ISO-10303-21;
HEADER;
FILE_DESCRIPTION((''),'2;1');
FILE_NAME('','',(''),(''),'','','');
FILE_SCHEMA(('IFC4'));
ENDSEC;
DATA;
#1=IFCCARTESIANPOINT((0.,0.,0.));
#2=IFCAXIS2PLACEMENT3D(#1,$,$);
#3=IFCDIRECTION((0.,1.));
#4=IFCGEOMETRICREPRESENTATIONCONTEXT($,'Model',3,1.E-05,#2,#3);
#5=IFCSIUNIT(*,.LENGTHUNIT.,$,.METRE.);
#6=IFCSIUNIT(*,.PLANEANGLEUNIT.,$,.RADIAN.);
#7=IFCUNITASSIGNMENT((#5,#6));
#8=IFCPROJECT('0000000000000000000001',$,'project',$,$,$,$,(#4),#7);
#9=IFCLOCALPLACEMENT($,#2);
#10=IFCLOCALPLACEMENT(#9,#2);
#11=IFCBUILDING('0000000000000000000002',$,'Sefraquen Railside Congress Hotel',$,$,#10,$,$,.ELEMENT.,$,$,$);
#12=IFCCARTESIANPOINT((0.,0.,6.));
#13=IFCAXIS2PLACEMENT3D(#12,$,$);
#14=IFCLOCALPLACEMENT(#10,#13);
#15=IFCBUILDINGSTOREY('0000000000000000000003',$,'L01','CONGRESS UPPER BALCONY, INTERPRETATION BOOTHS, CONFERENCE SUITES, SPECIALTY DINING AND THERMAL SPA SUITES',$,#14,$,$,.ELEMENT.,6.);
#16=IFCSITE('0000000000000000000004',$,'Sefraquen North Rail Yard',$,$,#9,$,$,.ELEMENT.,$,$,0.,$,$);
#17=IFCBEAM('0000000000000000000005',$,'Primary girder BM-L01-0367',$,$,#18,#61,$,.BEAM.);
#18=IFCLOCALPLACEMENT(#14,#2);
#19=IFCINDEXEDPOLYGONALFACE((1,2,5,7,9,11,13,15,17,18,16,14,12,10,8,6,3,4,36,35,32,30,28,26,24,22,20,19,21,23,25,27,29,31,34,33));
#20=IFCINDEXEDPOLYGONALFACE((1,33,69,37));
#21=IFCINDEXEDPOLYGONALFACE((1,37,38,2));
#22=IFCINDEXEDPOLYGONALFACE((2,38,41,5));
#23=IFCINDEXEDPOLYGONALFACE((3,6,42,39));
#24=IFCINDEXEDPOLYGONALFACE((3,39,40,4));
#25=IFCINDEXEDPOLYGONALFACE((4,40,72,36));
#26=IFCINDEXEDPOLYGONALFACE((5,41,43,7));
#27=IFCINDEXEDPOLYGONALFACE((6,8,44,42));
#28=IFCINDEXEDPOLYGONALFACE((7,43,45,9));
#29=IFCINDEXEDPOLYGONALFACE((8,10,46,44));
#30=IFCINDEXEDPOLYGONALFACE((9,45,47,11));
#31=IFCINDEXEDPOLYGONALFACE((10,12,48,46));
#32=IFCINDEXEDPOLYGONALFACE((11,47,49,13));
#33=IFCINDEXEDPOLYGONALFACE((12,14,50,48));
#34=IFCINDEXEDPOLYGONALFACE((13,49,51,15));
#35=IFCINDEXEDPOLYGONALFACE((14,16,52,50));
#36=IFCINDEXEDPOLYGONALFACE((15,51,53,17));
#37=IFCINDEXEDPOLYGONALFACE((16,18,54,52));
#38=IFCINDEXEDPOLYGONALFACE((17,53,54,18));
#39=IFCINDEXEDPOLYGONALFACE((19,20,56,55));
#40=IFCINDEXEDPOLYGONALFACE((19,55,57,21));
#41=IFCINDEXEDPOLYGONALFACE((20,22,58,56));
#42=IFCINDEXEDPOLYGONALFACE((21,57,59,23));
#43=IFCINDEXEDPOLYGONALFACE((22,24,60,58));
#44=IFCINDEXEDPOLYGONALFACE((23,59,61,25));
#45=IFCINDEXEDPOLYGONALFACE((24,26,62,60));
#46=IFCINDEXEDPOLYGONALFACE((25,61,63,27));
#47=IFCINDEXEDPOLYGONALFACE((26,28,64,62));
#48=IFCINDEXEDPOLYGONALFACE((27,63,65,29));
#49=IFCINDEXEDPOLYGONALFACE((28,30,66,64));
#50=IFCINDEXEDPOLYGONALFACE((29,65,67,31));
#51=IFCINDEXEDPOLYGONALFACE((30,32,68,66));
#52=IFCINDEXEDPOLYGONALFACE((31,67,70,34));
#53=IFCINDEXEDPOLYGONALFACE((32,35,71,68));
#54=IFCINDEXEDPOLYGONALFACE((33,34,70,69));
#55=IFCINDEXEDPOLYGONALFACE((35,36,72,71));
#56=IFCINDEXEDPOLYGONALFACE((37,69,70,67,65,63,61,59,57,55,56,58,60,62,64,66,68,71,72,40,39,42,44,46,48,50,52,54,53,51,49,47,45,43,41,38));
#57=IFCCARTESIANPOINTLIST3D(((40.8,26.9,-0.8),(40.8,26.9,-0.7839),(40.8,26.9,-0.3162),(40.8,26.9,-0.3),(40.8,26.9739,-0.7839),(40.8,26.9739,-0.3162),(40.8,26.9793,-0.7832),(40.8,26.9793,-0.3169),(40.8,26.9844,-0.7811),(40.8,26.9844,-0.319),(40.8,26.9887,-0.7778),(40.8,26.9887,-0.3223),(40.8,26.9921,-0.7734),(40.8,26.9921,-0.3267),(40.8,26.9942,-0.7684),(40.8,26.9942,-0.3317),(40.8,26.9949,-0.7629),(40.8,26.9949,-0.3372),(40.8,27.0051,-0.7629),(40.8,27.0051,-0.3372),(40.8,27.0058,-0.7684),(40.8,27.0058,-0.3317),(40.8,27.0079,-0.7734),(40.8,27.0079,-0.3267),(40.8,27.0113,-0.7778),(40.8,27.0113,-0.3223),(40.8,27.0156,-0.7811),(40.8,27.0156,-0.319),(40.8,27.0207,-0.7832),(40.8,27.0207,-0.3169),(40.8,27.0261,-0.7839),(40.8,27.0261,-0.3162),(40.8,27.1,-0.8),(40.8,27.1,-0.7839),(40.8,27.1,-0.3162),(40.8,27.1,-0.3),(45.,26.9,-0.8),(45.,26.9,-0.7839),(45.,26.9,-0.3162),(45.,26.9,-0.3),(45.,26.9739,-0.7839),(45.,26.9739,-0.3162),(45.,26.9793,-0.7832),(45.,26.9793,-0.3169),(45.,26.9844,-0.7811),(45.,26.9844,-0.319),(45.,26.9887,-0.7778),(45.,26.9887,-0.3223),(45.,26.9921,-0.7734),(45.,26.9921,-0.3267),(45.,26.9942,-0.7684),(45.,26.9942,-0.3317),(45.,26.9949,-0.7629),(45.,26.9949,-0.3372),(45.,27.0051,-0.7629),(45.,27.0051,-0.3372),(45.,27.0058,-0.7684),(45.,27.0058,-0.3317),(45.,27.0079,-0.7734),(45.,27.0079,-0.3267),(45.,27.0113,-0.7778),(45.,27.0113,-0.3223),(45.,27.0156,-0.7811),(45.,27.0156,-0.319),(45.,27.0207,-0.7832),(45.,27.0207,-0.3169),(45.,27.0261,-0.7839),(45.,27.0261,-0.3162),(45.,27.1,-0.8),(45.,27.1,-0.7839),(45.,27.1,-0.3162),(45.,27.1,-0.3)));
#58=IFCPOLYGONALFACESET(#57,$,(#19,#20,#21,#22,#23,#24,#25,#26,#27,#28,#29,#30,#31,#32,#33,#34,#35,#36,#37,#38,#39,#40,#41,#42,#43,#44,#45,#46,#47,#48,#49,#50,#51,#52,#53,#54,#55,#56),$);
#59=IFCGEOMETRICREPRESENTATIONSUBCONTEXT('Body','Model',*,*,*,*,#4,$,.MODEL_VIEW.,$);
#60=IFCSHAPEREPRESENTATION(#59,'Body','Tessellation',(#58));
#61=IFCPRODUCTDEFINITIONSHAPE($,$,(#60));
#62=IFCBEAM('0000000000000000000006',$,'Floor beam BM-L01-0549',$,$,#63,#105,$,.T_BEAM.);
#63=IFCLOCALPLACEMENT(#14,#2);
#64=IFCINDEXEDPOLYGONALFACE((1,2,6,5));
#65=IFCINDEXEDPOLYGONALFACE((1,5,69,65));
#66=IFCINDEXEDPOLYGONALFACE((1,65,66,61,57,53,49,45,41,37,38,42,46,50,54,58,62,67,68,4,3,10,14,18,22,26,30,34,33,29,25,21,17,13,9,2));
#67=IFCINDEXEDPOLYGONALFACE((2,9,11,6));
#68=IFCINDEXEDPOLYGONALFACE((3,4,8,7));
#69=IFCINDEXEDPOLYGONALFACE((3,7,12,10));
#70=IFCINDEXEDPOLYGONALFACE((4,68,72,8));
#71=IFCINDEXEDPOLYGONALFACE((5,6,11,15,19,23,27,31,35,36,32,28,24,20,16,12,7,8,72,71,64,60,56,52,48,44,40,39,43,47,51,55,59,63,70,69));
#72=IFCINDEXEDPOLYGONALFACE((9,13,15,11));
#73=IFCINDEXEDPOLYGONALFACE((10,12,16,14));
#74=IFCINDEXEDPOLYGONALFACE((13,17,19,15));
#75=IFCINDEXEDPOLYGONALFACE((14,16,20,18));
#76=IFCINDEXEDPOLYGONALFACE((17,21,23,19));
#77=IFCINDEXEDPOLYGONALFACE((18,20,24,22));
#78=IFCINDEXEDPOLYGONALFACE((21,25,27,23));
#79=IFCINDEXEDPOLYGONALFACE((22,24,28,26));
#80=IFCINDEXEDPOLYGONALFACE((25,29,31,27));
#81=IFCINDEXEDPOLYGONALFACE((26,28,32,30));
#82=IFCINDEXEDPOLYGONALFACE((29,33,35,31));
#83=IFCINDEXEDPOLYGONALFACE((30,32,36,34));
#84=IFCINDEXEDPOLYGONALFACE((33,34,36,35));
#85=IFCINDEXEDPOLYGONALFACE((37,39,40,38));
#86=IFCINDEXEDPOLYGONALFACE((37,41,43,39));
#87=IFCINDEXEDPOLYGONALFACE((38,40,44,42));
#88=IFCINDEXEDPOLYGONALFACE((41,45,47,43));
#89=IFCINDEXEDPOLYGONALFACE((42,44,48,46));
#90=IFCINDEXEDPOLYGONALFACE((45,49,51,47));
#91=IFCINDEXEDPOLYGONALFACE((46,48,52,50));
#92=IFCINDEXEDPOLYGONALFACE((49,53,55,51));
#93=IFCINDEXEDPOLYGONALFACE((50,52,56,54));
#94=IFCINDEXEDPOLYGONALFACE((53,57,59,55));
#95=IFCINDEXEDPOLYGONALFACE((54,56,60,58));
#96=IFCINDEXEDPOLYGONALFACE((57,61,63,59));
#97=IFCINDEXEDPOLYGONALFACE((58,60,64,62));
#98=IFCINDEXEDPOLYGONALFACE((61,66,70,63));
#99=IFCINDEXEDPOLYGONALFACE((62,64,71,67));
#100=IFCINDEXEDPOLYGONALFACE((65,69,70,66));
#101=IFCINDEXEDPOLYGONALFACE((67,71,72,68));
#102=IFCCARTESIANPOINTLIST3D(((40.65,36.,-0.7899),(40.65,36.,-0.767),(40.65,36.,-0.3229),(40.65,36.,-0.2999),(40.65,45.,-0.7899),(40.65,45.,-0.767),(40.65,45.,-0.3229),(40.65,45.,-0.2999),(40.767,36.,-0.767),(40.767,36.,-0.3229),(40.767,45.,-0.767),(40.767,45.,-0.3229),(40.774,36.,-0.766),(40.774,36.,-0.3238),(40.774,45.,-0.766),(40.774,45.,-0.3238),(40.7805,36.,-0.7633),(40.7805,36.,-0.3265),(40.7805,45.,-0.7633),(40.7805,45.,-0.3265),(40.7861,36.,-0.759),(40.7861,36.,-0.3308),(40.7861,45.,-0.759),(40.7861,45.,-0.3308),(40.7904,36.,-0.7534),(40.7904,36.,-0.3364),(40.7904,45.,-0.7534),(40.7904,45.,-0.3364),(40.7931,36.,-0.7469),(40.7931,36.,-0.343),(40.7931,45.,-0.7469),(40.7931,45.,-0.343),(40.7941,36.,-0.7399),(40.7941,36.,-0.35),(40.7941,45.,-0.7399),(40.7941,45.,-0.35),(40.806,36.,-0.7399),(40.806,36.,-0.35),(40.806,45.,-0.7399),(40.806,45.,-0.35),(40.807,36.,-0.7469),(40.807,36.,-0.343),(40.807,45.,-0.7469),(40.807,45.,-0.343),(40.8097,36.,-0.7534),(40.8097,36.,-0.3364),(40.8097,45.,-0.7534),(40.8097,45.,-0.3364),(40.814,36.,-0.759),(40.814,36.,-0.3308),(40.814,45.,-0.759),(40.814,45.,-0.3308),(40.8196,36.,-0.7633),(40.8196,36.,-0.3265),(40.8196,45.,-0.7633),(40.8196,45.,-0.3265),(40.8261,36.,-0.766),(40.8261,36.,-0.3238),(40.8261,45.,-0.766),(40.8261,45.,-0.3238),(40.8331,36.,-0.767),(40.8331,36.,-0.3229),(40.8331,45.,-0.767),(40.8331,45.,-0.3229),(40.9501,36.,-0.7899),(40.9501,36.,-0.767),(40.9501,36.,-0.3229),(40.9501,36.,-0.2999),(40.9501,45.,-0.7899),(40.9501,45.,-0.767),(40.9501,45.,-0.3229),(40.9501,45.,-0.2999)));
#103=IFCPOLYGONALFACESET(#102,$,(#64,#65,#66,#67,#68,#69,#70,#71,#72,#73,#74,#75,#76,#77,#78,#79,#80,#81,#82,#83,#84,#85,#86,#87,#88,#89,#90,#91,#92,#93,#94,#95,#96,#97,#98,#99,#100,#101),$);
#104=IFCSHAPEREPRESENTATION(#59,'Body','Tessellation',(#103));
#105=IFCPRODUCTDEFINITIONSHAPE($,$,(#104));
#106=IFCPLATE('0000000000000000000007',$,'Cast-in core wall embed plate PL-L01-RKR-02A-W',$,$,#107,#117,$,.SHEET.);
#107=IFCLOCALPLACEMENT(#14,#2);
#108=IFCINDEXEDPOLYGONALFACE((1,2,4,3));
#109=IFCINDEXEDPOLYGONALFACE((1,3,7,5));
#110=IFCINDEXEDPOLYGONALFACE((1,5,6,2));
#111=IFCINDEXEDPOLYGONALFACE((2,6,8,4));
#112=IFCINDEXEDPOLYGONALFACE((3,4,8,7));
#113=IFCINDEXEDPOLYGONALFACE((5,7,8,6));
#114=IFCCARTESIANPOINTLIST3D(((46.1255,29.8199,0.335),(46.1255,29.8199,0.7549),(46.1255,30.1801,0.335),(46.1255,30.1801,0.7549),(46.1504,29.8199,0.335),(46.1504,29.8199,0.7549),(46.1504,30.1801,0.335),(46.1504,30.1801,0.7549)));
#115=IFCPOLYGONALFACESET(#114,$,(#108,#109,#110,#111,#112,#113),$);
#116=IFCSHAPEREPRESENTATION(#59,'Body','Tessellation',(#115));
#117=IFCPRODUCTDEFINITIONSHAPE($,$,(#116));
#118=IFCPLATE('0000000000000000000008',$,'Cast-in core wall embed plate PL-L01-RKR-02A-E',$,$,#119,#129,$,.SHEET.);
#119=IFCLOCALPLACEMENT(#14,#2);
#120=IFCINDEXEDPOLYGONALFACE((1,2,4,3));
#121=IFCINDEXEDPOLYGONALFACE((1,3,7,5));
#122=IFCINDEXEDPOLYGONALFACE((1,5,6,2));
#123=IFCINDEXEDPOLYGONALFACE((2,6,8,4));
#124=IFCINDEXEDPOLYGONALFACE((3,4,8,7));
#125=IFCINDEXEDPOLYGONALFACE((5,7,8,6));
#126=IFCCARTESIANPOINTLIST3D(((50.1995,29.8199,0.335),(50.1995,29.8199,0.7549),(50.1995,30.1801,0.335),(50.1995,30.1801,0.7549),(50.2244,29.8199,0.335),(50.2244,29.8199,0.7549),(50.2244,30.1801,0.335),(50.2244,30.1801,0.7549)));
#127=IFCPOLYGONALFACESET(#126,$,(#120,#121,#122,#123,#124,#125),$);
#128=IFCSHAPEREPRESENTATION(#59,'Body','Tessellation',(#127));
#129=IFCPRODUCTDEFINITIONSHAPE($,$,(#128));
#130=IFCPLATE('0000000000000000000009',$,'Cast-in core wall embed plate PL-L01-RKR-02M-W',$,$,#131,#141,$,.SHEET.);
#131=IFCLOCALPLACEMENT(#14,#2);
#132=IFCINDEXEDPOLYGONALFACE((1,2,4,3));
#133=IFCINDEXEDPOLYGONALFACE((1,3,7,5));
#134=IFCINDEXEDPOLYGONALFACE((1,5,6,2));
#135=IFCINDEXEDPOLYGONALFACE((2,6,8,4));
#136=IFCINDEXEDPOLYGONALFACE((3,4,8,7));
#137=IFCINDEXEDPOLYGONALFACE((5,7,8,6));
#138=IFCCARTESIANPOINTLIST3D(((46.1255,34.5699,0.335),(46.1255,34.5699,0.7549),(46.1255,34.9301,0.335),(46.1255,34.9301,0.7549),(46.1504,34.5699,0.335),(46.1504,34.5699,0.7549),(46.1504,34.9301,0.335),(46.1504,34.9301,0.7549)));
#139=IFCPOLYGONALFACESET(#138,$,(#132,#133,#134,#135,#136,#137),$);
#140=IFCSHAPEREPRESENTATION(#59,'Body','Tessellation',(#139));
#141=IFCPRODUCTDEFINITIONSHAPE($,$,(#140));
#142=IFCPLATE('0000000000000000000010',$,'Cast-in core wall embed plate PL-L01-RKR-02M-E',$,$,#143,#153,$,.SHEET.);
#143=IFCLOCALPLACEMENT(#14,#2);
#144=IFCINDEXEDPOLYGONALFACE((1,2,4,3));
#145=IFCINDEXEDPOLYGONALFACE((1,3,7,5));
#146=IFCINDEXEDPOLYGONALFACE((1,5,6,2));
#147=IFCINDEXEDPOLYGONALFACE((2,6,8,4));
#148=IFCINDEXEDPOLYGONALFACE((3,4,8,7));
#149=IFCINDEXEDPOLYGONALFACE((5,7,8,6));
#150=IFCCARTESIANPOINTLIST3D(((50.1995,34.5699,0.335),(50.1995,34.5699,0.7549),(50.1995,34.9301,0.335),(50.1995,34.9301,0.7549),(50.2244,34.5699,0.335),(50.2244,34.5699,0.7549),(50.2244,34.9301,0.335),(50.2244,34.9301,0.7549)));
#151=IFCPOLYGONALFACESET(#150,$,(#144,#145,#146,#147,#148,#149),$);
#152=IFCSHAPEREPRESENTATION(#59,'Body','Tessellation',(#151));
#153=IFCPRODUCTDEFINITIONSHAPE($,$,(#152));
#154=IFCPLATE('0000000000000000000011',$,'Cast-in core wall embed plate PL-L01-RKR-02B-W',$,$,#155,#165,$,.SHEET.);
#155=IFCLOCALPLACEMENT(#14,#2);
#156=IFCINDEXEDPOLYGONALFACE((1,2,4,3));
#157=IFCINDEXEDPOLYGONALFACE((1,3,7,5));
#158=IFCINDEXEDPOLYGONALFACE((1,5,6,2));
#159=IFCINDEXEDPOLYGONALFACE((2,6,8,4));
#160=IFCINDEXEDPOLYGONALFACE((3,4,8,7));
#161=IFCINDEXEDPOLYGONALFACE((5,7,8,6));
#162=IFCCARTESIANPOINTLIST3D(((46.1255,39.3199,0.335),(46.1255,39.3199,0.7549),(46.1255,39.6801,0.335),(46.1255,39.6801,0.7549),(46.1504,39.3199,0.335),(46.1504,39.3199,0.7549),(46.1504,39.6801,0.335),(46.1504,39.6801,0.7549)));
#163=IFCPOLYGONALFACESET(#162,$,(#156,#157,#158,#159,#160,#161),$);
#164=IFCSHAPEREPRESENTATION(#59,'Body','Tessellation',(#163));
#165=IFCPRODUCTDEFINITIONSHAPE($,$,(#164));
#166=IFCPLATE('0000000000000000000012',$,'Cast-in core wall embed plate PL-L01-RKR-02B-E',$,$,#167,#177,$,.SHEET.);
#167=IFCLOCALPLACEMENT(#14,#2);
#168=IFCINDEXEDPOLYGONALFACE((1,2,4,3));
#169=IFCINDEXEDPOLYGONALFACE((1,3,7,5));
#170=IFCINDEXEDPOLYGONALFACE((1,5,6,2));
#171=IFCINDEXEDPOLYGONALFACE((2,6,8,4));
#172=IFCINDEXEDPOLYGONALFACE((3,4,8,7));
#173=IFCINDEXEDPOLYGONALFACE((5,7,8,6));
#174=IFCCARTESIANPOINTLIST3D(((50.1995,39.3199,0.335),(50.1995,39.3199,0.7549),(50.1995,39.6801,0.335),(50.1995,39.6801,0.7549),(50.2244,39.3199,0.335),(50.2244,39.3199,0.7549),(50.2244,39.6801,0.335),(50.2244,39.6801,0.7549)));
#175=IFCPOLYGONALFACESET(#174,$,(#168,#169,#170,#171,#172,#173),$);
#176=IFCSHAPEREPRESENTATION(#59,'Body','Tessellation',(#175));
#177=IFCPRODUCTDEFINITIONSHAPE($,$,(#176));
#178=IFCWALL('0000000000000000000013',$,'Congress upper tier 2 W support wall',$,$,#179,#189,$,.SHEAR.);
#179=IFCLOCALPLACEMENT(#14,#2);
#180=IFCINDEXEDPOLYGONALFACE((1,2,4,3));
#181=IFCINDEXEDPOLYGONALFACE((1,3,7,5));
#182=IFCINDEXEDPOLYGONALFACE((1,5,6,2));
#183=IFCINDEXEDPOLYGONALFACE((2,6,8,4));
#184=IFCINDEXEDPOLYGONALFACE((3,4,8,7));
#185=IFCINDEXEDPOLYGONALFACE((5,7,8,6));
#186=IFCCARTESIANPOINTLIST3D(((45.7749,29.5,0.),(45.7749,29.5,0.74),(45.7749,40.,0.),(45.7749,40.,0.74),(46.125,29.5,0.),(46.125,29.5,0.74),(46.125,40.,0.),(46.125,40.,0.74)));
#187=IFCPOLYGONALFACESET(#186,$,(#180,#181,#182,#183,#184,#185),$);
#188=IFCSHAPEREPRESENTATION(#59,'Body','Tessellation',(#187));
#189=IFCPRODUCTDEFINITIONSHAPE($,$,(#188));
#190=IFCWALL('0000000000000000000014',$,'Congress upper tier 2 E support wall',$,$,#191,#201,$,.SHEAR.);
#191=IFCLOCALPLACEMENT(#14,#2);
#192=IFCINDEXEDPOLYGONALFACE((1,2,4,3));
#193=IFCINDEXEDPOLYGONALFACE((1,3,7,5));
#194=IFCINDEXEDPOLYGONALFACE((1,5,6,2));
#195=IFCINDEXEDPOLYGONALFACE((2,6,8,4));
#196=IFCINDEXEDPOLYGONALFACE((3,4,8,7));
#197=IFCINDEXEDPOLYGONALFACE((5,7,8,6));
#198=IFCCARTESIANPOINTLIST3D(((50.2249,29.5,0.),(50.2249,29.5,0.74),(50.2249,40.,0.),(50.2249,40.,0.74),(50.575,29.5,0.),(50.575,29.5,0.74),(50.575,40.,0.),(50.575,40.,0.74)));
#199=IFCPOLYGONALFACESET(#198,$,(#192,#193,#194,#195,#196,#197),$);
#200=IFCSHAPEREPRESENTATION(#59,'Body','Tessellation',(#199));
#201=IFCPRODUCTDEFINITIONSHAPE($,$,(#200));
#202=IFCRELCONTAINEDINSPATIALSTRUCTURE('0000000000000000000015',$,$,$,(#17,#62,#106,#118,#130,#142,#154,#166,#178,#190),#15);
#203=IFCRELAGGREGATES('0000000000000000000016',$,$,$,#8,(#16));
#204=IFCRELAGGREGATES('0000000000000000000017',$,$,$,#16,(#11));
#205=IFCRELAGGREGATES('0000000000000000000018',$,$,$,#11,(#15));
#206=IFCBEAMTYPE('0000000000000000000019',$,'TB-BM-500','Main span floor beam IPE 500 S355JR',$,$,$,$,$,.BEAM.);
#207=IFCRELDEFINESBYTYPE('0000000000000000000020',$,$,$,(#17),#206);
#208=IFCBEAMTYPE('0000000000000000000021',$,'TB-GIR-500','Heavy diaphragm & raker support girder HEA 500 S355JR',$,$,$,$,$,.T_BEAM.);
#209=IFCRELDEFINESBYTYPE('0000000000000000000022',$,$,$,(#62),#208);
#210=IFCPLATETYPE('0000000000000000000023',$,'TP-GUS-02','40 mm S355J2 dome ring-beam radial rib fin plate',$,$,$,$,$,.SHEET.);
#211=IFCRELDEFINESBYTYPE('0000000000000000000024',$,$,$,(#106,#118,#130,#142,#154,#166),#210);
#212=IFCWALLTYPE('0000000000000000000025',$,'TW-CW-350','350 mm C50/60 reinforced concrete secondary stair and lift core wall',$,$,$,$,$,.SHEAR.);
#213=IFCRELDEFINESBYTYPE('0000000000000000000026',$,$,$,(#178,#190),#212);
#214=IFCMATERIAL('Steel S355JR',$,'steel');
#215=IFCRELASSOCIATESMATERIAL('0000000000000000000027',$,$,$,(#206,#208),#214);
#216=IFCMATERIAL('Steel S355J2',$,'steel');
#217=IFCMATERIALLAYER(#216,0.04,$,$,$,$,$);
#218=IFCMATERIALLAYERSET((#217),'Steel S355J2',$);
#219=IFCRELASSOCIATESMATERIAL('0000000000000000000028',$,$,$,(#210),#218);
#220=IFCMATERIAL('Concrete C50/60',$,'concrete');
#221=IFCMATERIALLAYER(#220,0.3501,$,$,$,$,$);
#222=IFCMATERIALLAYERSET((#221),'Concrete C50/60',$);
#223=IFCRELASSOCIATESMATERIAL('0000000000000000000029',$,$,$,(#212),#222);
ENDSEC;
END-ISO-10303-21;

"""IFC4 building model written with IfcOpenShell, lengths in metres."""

from ifc_helpers import new_model, si_unit, direction, frame, frame_2d, origin, origin_2d, place, context, subcontext, project, spatial, rectangle, i_section, extrude, material, layer, layer_set, material_profile, profile_set, type_object, element, save


model = new_model("IFC4")

# Units and contexts
model_context = context("Model", 3, precision=1e-05, world=origin(), true_north=direction((0.0, 1.0)))
body_context = subcontext(model_context, "Body", "Model", "MODEL_VIEW")
ifc_project = project(units=[si_unit("LENGTHUNIT", "METRE"), si_unit("PLANEANGLEUNIT", "RADIAN")], contexts=[model_context])

# Site, building, storey
site_placement = place(None, origin())
site = spatial("IfcSite", under=ifc_project, at=site_placement, Name="Sefraquen North Rail Yard", CompositionType="ELEMENT", RefElevation=0.0)
building_placement = place(site_placement, origin())
building = spatial("IfcBuilding", under=site, at=building_placement, Name="Sefraquen Railside Congress Hotel", CompositionType="ELEMENT")
storey_placement = place(building_placement, frame((0.0, 0.0, 6.0)))
storey = spatial("IfcBuildingStorey", under=building, at=storey_placement, Name="L01", Description="CONGRESS UPPER BALCONY, INTERPRETATION BOOTHS, CONFERENCE SUITES, SPECIALTY DINING AND THERMAL SPA SUITES", CompositionType="ELEMENT", Elevation=6.0)

# Shared definitions
ifc_material_1 = material(Name="Steel S355JR", Category="steel")

# Beams
ifc_material_profile_1 = material_profile(ifc_material_1, i_section(OverallWidth=0.2, OverallDepth=0.5, WebThickness=0.0103, FlangeThickness=0.0161, FilletRadius=0.021, at=origin_2d()), Name="IPE 500")
ifc_profile_set_1 = profile_set([ifc_material_profile_1], Name="Steel S355JR")
beam_type_1 = type_object("IfcBeamType", Name="TB-BM-500", Description="Main span floor beam IPE 500 S355JR", PredefinedType="BEAM", material=ifc_profile_set_1)
beam_1_placement = place(storey_placement, frame((40.8, 27.0, -0.55), z_axis=(1.0, 0.0, 0.0), x_axis=(0.0, 1.0, 0.0)))
element("IfcBeam", 1, at=beam_1_placement, inside=storey, type_object=beam_type_1, Name="Primary girder BM-L01-0367", PredefinedType="BEAM", context=body_context, shape_type="SweptSolid", body=[
    extrude(i_section(OverallWidth=0.2, OverallDepth=0.5, WebThickness=0.0103, FlangeThickness=0.0161, FilletRadius=0.021, at=origin_2d()), origin(), (0.0, 0.0, 1.0), 4.2),
])
ifc_material_profile_2 = material_profile(ifc_material_1, i_section(OverallWidth=0.3, OverallDepth=0.49, WebThickness=0.012, FlangeThickness=0.0229, FilletRadius=0.0271, at=origin_2d()), Name="HEA 500")
ifc_profile_set_2 = profile_set([ifc_material_profile_2], Name="Steel S355JR")
beam_type_2 = type_object("IfcBeamType", Name="TB-GIR-500", Description="Heavy diaphragm & raker support girder HEA 500 S355JR", PredefinedType="T_BEAM", material=ifc_profile_set_2)
beam_2_placement = place(storey_placement, frame((40.8, 36.0, -0.5449), z_axis=(0.0, 1.0, 0.0), x_axis=(-1.0, 0.0, 0.0)))
element("IfcBeam", 2, at=beam_2_placement, inside=storey, type_object=beam_type_2, Name="Floor beam BM-L01-0549", PredefinedType="T_BEAM", context=body_context, shape_type="SweptSolid", body=[
    extrude(i_section(OverallWidth=0.3, OverallDepth=0.49, WebThickness=0.012, FlangeThickness=0.0229, FilletRadius=0.0271, at=origin_2d()), origin(), (0.0, 0.0, 1.0), 9.0),
])

# Plates
ifc_material_2 = material(Name="Steel S355J2", Category="steel")
ifc_layer_1 = layer(ifc_material_2, 0.04)
ifc_layer_set_1 = layer_set([ifc_layer_1], Name="Steel S355J2")
plate_type = type_object("IfcPlateType", Name="TP-GUS-02", Description="40 mm S355J2 dome ring-beam radial rib fin plate", PredefinedType="SHEET", material=ifc_layer_set_1)
for number, where, z_axis, x_axis, name in (
    (3, (46.1379, 30.0, 0.335), (0.0, 0.0, 1.0), (1.0, 0.0, 0.0), "Cast-in core wall embed plate PL-L01-RKR-02A-W"),
    (4, (50.2119, 30.0, 0.335), (0.0, 0.0, 1.0), (1.0, 0.0, 0.0), "Cast-in core wall embed plate PL-L01-RKR-02A-E"),
    (5, (46.1379, 34.75, 0.335), (0.0, 0.0, 1.0), (1.0, 0.0, 0.0), "Cast-in core wall embed plate PL-L01-RKR-02M-W"),
    (6, (50.2119, 34.75, 0.335), (0.0, 0.0, 1.0), (1.0, 0.0, 0.0), "Cast-in core wall embed plate PL-L01-RKR-02M-E"),
    (7, (46.1379, 39.5, 0.335), (0.0, 0.0, 1.0), (1.0, 0.0, 0.0), "Cast-in core wall embed plate PL-L01-RKR-02B-W"),
    (8, (50.2119, 39.5, 0.335), (0.0, 0.0, 1.0), (1.0, 0.0, 0.0), "Cast-in core wall embed plate PL-L01-RKR-02B-E"),
):
    element("IfcPlate", number, at=place(storey_placement, frame(where, z_axis=z_axis, x_axis=x_axis)), inside=storey, type_object=plate_type, Name=name, PredefinedType="SHEET", context=body_context, shape_type="SweptSolid", body=[
        extrude(rectangle(XDim=0.0249, YDim=0.3601, at=origin_2d()), origin(), (0.0, 0.0, 1.0), 0.4199),
    ])

# Walls
ifc_material_3 = material(Name="Concrete C50/60", Category="concrete")
ifc_layer_2 = layer(ifc_material_3, 0.3501)
ifc_layer_set_2 = layer_set([ifc_layer_2], Name="Concrete C50/60")
wall_type = type_object("IfcWallType", Name="TW-CW-350", Description="350 mm C50/60 reinforced concrete secondary stair and lift core wall", PredefinedType="SHEAR", material=ifc_layer_set_2)
for number, where, z_axis, x_axis, name in (
    (9, (45.95, 29.5, 0.0), (0.0, 0.0, 1.0), (0.0, 1.0, 0.0), "Congress upper tier 2 W support wall"),
    (10, (50.3999, 29.5, 0.0), (0.0, 0.0, 1.0), (0.0, 1.0, 0.0), "Congress upper tier 2 E support wall"),
):
    element("IfcWall", number, at=place(storey_placement, frame(where, z_axis=z_axis, x_axis=x_axis)), inside=storey, type_object=wall_type, Name=name, PredefinedType="SHEAR", context=body_context, shape_type="SweptSolid", body=[
        extrude(rectangle(XDim=10.5, YDim=0.3501, at=frame_2d((5.25, 0.0))), origin(), (0.0, 0.0, 1.0), 0.74),
    ])

save(model, "model.ifc")
